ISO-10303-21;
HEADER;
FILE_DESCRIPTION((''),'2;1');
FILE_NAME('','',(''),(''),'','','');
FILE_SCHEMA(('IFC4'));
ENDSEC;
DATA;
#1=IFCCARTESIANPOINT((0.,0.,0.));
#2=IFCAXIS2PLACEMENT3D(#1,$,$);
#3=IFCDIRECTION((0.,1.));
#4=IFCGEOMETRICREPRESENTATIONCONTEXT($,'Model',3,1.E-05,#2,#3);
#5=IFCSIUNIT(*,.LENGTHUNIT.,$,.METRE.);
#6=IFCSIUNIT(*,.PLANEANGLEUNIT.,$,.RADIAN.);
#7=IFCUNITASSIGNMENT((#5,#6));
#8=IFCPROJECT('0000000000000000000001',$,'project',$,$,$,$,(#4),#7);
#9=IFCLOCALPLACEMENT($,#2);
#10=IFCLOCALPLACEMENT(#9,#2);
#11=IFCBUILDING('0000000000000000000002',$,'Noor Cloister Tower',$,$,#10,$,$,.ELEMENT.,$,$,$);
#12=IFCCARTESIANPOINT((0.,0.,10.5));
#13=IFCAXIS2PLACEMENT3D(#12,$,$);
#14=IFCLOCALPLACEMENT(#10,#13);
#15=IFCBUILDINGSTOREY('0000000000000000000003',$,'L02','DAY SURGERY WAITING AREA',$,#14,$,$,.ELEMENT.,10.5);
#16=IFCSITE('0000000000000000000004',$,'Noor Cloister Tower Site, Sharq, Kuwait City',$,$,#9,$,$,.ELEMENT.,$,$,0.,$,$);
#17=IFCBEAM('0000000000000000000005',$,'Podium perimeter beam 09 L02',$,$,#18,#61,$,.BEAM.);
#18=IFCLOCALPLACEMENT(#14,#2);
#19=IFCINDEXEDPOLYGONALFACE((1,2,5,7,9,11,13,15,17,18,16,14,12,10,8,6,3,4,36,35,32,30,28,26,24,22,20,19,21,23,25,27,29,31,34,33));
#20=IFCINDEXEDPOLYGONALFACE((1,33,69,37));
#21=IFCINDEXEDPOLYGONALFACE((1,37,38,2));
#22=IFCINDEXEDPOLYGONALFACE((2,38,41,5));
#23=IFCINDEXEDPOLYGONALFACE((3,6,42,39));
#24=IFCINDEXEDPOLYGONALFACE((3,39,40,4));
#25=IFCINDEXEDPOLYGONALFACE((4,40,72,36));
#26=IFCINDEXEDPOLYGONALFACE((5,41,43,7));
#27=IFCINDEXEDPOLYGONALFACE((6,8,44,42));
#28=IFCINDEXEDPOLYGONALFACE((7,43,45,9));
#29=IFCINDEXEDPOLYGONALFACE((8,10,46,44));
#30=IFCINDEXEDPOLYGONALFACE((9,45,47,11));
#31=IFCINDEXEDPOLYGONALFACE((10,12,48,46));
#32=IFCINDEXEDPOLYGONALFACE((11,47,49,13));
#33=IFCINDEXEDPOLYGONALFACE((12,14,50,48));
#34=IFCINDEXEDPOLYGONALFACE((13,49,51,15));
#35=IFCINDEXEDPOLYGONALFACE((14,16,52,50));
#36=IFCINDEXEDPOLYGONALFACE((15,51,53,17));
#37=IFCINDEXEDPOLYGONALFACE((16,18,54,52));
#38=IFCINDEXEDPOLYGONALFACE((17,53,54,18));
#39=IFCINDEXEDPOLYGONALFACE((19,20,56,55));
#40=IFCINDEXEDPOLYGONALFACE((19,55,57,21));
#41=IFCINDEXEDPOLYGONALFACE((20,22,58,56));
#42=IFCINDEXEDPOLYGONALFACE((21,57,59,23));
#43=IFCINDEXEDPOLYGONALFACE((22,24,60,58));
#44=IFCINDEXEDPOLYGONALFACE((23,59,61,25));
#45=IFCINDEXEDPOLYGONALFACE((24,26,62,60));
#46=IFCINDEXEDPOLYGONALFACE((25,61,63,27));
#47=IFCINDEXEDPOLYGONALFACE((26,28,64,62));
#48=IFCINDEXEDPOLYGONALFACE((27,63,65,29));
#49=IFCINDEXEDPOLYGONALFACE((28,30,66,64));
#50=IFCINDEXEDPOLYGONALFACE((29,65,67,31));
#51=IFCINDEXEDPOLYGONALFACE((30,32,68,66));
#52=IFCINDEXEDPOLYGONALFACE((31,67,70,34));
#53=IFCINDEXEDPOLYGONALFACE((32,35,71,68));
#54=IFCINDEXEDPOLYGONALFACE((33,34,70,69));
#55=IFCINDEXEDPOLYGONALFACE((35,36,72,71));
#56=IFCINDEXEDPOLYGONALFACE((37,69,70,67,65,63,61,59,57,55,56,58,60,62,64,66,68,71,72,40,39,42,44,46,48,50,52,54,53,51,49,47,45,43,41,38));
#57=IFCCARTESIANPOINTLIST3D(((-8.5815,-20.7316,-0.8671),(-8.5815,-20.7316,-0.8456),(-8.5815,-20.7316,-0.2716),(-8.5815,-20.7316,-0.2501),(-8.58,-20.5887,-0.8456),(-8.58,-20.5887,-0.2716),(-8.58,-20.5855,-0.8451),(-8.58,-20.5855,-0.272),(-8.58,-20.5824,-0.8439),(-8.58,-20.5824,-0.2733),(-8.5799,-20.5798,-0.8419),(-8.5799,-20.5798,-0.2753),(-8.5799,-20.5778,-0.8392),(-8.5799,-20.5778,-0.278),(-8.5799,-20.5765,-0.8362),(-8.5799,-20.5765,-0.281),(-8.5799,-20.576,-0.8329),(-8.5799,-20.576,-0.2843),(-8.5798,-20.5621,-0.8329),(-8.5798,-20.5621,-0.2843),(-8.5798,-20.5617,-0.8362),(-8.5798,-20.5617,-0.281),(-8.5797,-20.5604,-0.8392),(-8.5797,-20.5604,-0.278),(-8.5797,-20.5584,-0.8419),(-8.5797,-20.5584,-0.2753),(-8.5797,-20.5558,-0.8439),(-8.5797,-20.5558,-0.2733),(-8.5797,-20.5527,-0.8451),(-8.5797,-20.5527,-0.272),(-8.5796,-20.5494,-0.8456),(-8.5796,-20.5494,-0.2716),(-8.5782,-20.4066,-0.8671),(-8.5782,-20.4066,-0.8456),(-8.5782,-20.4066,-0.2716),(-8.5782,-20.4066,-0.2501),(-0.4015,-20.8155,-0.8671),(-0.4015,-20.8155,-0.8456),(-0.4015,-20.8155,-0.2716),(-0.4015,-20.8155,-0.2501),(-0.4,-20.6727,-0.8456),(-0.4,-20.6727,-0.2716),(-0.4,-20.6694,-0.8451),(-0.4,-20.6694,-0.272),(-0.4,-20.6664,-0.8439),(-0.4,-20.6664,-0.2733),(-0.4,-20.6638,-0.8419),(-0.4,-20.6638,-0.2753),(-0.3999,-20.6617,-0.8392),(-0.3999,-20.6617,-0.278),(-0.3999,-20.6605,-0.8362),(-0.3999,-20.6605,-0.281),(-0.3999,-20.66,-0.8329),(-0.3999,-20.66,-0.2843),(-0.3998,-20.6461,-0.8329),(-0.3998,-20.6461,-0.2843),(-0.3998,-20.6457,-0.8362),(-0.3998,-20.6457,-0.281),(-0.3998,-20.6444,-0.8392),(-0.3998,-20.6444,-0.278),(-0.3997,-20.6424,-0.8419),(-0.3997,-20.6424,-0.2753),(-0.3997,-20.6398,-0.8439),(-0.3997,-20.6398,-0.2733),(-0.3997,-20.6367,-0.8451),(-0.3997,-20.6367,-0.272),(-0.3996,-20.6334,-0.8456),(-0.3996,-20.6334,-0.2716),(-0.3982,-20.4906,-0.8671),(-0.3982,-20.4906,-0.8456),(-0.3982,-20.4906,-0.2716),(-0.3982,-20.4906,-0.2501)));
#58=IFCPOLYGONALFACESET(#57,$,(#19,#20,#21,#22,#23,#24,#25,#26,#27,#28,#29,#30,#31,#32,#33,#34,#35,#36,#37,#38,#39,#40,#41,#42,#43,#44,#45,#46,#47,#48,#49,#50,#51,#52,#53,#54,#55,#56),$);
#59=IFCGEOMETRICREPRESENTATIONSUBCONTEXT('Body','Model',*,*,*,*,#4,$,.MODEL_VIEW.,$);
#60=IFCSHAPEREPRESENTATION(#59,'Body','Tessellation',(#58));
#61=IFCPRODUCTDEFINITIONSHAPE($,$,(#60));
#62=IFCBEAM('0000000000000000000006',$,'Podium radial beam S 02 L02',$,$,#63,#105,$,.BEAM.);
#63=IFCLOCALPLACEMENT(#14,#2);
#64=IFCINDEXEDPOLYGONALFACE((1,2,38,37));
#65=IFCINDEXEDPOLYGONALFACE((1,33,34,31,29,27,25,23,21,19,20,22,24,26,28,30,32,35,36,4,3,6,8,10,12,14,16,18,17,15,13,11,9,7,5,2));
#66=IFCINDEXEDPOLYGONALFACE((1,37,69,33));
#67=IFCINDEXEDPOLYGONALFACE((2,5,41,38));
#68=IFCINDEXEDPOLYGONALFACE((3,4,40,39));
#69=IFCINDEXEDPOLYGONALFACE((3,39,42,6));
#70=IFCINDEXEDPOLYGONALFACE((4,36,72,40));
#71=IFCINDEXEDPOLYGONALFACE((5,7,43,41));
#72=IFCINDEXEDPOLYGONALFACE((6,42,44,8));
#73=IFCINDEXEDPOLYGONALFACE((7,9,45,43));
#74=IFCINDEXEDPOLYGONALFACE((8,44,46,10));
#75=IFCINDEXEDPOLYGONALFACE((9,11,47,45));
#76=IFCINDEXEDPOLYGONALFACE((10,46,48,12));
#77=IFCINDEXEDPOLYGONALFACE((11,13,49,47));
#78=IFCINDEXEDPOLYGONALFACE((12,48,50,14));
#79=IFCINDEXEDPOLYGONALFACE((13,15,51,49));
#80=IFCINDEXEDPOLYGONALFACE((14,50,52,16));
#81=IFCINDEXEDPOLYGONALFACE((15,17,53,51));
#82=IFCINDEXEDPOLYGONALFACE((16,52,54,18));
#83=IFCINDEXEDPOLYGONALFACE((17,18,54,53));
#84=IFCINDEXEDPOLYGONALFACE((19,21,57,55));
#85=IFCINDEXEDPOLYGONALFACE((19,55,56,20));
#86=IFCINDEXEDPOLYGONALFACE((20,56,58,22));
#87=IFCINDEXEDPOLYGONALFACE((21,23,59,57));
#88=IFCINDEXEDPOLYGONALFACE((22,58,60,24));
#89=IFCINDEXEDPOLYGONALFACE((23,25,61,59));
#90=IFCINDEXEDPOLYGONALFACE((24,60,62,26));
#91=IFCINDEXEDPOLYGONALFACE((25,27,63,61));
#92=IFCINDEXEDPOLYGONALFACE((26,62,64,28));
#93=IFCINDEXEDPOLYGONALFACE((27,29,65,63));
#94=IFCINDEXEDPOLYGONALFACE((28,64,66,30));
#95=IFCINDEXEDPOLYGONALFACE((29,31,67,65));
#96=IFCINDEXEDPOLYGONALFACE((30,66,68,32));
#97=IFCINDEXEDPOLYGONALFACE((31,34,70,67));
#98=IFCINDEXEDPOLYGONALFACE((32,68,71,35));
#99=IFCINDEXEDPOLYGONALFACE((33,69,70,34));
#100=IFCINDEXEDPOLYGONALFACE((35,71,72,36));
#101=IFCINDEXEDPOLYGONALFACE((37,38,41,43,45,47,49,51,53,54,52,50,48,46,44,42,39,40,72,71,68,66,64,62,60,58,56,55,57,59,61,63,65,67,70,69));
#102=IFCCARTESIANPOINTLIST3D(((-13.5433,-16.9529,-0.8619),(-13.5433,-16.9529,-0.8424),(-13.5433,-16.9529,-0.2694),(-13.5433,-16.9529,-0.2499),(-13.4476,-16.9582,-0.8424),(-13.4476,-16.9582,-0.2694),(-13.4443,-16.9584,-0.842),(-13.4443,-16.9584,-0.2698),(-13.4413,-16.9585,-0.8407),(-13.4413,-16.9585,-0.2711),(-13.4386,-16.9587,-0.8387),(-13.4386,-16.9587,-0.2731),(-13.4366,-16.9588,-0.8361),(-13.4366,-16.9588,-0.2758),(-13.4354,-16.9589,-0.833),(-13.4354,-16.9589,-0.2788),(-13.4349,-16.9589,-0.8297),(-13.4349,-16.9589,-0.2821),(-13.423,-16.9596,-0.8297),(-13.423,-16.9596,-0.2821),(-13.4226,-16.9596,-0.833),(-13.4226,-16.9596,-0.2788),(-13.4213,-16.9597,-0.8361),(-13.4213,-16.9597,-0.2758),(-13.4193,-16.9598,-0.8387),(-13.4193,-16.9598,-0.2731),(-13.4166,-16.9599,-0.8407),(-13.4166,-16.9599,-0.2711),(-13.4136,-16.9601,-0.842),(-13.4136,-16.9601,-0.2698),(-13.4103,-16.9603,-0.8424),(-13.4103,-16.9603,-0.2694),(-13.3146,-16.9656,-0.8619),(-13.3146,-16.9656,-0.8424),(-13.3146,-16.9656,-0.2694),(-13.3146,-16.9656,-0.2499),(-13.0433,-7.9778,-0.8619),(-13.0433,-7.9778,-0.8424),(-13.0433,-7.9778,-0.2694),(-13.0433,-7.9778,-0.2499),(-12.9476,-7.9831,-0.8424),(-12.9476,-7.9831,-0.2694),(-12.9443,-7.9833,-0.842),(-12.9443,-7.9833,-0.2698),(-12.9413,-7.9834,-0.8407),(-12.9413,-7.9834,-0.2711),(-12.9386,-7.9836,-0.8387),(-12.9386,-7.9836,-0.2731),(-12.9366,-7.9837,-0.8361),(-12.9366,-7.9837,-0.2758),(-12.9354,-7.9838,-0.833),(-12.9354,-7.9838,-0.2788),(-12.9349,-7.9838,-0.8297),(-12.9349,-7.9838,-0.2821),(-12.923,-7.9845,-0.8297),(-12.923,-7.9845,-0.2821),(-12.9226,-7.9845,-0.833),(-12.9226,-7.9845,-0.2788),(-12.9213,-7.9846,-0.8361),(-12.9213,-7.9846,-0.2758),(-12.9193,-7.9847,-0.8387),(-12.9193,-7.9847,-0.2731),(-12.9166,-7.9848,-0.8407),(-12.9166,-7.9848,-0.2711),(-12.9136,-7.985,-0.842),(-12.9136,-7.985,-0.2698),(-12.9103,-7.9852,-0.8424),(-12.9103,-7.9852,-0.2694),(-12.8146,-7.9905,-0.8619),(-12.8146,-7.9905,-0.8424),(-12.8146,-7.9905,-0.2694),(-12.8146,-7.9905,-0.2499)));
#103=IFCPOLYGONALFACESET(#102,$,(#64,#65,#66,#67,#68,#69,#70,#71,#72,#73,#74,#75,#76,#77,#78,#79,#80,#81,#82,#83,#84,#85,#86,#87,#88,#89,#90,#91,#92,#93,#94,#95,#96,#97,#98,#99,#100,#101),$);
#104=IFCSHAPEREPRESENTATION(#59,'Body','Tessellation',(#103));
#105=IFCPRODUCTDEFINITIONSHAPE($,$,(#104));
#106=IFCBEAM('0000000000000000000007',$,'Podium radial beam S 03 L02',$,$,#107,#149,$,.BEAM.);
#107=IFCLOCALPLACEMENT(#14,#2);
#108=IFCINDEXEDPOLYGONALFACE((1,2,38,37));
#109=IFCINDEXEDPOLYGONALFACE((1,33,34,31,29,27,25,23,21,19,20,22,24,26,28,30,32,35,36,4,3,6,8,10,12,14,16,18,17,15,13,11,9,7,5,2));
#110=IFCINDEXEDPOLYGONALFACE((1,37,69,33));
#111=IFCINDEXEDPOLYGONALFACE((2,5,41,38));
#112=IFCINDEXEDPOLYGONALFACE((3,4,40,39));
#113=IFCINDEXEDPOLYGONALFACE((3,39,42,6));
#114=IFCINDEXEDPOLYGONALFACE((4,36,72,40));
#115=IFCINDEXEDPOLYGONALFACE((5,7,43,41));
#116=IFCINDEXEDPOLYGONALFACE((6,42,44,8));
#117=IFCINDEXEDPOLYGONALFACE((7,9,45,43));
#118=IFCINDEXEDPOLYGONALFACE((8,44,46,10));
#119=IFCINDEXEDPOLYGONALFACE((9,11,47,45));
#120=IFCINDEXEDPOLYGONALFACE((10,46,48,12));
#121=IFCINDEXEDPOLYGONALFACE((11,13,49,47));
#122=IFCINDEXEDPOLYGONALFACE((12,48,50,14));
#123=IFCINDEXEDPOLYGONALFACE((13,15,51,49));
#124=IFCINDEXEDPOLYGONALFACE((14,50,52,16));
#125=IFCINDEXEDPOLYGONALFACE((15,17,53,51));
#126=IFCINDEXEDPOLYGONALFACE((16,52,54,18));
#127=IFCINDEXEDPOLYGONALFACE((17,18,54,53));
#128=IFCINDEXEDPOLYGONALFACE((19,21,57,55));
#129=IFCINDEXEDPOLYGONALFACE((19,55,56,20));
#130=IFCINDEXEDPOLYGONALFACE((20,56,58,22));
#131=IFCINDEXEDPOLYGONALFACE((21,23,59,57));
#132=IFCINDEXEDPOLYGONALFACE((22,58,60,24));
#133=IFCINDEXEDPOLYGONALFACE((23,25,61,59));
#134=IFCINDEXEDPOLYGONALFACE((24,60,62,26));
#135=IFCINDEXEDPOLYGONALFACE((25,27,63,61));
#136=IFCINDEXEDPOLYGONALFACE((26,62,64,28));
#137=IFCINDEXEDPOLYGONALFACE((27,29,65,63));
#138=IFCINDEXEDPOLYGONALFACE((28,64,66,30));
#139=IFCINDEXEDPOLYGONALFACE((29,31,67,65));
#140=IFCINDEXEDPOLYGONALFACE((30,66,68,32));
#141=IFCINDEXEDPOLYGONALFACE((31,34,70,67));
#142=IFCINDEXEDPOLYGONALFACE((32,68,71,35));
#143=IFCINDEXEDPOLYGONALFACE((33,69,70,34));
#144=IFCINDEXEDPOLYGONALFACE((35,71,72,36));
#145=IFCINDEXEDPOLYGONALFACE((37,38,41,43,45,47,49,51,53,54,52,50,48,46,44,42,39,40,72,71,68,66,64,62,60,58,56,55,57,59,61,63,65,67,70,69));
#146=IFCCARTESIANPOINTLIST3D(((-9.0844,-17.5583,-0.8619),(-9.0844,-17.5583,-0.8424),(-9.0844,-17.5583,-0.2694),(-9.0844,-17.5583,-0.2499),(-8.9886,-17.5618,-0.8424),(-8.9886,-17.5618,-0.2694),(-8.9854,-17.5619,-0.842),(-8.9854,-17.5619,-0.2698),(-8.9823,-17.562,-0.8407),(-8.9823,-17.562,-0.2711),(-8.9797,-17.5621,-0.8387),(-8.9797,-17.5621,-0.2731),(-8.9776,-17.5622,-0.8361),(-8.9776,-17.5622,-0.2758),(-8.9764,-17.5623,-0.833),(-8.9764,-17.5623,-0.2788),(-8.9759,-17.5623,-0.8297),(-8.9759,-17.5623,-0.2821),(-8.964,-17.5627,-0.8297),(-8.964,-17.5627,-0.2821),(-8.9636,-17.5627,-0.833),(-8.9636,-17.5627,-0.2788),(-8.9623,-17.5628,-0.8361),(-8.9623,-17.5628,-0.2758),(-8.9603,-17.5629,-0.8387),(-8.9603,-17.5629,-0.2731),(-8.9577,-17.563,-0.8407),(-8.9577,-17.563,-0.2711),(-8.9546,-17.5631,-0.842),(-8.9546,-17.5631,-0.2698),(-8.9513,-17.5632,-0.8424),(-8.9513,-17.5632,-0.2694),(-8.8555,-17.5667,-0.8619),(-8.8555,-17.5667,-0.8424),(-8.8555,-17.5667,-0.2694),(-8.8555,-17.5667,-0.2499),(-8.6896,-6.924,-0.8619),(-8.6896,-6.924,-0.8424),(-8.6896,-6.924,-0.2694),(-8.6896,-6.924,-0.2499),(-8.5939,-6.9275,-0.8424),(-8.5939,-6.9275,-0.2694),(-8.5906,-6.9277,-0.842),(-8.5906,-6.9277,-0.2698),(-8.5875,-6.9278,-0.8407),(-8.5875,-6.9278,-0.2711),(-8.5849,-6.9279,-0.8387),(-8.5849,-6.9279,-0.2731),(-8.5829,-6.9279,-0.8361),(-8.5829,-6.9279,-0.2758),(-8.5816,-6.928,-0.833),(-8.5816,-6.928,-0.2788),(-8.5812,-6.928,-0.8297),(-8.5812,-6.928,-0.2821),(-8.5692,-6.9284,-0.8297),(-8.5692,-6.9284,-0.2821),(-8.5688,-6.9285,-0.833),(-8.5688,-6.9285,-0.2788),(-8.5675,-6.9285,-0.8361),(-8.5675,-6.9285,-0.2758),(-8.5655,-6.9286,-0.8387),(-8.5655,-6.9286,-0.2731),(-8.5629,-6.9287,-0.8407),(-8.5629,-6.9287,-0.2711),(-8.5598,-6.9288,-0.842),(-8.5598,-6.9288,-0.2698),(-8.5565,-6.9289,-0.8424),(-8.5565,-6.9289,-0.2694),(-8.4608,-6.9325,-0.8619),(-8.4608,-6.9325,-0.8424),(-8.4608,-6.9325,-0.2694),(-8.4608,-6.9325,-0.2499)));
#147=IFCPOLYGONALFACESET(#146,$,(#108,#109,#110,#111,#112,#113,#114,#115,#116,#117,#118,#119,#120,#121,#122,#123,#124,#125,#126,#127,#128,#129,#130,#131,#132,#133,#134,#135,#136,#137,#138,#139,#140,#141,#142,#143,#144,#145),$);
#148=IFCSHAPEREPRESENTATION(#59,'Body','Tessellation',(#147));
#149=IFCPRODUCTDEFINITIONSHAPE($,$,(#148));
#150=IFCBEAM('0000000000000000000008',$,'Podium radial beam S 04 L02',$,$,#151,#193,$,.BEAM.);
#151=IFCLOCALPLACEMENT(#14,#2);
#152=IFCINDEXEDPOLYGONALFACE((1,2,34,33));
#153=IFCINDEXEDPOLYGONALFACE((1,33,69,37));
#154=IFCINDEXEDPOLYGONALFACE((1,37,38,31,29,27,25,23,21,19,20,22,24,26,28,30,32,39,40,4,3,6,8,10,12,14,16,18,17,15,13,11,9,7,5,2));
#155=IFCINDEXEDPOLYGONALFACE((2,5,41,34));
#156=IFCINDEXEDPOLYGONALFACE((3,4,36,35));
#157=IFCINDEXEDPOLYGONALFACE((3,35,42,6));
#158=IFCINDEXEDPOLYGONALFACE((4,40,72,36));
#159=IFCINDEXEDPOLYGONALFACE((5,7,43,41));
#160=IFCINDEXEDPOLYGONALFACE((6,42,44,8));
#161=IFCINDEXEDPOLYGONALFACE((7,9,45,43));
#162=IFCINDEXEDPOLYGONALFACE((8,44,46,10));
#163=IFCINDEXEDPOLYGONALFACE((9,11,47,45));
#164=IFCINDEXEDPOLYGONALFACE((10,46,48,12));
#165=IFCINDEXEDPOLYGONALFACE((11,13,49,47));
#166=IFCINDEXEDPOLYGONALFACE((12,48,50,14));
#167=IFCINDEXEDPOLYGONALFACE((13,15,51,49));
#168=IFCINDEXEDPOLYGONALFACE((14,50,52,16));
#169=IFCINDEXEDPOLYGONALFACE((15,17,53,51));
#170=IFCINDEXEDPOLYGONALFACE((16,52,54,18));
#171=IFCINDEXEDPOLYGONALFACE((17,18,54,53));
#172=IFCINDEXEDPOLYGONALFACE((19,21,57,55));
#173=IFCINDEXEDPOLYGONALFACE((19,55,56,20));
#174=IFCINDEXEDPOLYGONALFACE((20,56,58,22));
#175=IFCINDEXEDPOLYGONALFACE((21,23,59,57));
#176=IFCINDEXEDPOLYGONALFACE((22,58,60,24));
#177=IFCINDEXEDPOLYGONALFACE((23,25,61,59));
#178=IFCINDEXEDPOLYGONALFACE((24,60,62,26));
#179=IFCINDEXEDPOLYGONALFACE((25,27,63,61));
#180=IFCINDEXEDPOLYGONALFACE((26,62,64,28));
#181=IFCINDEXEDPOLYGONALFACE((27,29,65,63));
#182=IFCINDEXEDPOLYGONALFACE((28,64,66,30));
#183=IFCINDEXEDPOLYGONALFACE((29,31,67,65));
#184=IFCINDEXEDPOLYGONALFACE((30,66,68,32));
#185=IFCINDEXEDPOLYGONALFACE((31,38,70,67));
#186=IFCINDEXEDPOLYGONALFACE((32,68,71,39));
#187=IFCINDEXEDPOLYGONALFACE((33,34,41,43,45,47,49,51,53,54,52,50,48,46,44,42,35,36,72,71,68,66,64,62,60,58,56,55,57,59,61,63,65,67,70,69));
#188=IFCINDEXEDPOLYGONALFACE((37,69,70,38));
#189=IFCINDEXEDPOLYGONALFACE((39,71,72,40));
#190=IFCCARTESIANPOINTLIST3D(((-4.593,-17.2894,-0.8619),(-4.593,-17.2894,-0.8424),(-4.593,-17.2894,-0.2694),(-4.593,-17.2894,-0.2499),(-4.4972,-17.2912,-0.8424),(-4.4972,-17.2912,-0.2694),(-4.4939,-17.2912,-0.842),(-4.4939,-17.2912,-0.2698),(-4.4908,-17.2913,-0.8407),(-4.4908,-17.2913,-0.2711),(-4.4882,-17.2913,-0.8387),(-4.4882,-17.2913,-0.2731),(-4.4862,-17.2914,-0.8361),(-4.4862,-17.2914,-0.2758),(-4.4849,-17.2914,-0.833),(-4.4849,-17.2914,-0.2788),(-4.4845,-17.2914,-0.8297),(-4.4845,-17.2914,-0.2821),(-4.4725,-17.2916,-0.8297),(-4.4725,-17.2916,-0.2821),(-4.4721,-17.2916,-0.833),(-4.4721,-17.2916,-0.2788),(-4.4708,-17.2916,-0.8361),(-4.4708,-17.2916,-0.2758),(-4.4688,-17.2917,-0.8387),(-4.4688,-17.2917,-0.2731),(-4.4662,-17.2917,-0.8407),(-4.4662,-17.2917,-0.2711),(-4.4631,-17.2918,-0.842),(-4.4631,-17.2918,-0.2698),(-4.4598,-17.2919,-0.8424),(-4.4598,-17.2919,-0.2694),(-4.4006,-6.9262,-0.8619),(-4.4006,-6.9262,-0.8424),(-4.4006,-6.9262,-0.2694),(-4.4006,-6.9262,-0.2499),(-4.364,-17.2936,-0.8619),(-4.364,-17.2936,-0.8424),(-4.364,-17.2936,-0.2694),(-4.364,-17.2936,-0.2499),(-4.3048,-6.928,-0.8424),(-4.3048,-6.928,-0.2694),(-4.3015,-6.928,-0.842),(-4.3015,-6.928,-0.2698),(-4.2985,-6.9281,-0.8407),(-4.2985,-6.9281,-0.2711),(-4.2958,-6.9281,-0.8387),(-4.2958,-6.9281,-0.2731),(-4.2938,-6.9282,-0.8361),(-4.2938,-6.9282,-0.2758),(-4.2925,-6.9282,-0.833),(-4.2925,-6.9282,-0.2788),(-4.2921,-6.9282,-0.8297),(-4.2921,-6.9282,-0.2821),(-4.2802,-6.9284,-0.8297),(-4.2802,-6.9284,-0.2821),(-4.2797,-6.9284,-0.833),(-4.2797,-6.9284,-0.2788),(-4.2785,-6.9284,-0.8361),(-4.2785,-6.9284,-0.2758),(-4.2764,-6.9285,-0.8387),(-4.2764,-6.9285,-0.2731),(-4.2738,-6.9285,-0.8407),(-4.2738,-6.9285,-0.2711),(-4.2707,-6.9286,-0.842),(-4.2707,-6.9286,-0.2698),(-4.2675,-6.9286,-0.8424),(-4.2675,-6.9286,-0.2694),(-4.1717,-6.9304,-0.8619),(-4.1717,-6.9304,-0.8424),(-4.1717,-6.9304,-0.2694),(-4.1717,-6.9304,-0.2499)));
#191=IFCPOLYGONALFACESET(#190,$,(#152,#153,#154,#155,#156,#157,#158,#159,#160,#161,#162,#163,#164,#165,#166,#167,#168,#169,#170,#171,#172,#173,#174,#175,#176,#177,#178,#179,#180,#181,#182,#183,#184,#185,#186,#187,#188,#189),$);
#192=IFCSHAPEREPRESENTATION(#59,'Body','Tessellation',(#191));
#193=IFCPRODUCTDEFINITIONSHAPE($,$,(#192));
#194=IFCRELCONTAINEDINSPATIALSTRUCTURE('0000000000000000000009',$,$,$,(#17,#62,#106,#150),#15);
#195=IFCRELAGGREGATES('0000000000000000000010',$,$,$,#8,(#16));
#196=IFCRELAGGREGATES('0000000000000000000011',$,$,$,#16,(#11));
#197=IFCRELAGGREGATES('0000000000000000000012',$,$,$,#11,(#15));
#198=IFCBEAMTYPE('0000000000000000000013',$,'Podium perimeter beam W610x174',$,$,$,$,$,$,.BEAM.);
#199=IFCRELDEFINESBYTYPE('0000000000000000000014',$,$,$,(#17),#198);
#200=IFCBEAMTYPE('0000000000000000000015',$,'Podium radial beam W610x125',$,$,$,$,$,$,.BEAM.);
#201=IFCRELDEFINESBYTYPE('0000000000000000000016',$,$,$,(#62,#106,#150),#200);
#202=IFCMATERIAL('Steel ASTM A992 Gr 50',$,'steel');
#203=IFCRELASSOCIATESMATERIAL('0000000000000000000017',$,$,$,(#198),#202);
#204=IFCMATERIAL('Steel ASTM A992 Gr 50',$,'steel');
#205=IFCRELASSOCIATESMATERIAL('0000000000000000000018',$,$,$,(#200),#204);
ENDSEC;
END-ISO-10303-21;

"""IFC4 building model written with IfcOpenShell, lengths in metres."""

from ifc_helpers import new_model, si_unit, direction, frame, origin, origin_2d, place, context, subcontext, project, spatial, i_section, extrude, material, material_profile, profile_set, type_object, element, save


model = new_model("IFC4")

# Units and contexts
model_context = context("Model", 3, precision=1e-05, world=origin(), true_north=direction((0.0, 1.0)))
body_context = subcontext(model_context, "Body", "Model", "MODEL_VIEW")
ifc_project = project(units=[si_unit("LENGTHUNIT", "METRE"), si_unit("PLANEANGLEUNIT", "RADIAN")], contexts=[model_context])

# Site, building, storey
site_placement = place(None, origin())
site = spatial("IfcSite", under=ifc_project, at=site_placement, Name="Noor Cloister Tower Site, Sharq, Kuwait City", CompositionType="ELEMENT", RefElevation=0.0)
building_placement = place(site_placement, origin())
building = spatial("IfcBuilding", under=site, at=building_placement, Name="Noor Cloister Tower", CompositionType="ELEMENT")
storey_placement = place(building_placement, frame((0.0, 0.0, 10.5)))
storey = spatial("IfcBuildingStorey", under=building, at=storey_placement, Name="L02", Description="DAY SURGERY WAITING AREA", CompositionType="ELEMENT", Elevation=10.5)

# Beams
ifc_material_1 = material(Name="Steel ASTM A992 Gr 50", Category="steel")
ifc_material_profile_1 = material_profile(ifc_material_1, i_section(OverallWidth=0.325, OverallDepth=0.6169, WebThickness=0.0139, FlangeThickness=0.0215, FilletRadius=0.0127, at=origin_2d()), Name="W610x174")
ifc_profile_set_1 = profile_set([ifc_material_profile_1], Name="Steel ASTM A992 Gr 50")
beam_type_1 = type_object("IfcBeamType", Name="Podium perimeter beam W610x174", PredefinedType="BEAM", material=ifc_profile_set_1)
beam_1_placement = place(storey_placement, frame((-8.5798, -20.5691, -0.5586), z_axis=(0.999947, -0.010267, 0.0), x_axis=(0.010267, 0.999947, 0.0)))
element("IfcBeam", 1, at=beam_1_placement, inside=storey, type_object=beam_type_1, Name="Podium perimeter beam 09 L02", PredefinedType="BEAM", context=body_context, shape_type="SweptSolid", body=[
    extrude(i_section(OverallWidth=0.325, OverallDepth=0.6169, WebThickness=0.0139, FlangeThickness=0.0215, FilletRadius=0.0127, at=origin_2d()), origin(), (0.0, 0.0, 1.0), 8.1804),
])
ifc_material_2 = material(Name="Steel ASTM A992 Gr 50", Category="steel")
ifc_material_profile_2 = material_profile(ifc_material_2, i_section(OverallWidth=0.229, OverallDepth=0.6121, WebThickness=0.012, FlangeThickness=0.0195, FilletRadius=0.0127, at=origin_2d()), Name="W610x125")
ifc_profile_set_2 = profile_set([ifc_material_profile_2], Name="Steel ASTM A992 Gr 50")
beam_type_2 = type_object("IfcBeamType", Name="Podium radial beam W610x125", PredefinedType="BEAM", material=ifc_profile_set_2)
beam_2_placement = place(storey_placement, frame((-13.429, -16.9592, -0.5559), z_axis=(0.055623, 0.998452, 0.0), x_axis=(-0.998452, 0.055623, 0.0)))
element("IfcBeam", 2, at=beam_2_placement, inside=storey, type_object=beam_type_2, Name="Podium radial beam S 02 L02", PredefinedType="BEAM", context=body_context, shape_type="SweptSolid", body=[
    extrude(i_section(OverallWidth=0.229, OverallDepth=0.6121, WebThickness=0.012, FlangeThickness=0.0195, FilletRadius=0.0127, at=origin_2d()), origin(), (0.0, 0.0, 1.0), 8.989),
])
beam_3_placement = place(storey_placement, frame((-8.97, -17.5625, -0.5559), z_axis=(0.037097, 0.999312, 0.0), x_axis=(-0.999312, 0.037097, 0.0)))
element("IfcBeam", 3, at=beam_3_placement, inside=storey, type_object=beam_type_2, Name="Podium radial beam S 03 L02", PredefinedType="BEAM", context=body_context, shape_type="SweptSolid", body=[
    extrude(i_section(OverallWidth=0.229, OverallDepth=0.6121, WebThickness=0.012, FlangeThickness=0.0195, FilletRadius=0.0127, at=origin_2d()), origin(), (0.0, 0.0, 1.0), 10.6416),
])
beam_4_placement = place(storey_placement, frame((-4.4785, -17.2915, -0.5559), z_axis=(0.018561, 0.999828, 0.0), x_axis=(-0.999828, 0.018561, 0.0)))
element("IfcBeam", 4, at=beam_4_placement, inside=storey, type_object=beam_type_2, Name="Podium radial beam S 04 L02", PredefinedType="BEAM", context=body_context, shape_type="SweptSolid", body=[
    extrude(i_section(OverallWidth=0.229, OverallDepth=0.6121, WebThickness=0.012, FlangeThickness=0.0195, FilletRadius=0.0127, at=origin_2d()), origin(), (0.0, 0.0, 1.0), 10.365),
])

save(model, "model.ifc")
